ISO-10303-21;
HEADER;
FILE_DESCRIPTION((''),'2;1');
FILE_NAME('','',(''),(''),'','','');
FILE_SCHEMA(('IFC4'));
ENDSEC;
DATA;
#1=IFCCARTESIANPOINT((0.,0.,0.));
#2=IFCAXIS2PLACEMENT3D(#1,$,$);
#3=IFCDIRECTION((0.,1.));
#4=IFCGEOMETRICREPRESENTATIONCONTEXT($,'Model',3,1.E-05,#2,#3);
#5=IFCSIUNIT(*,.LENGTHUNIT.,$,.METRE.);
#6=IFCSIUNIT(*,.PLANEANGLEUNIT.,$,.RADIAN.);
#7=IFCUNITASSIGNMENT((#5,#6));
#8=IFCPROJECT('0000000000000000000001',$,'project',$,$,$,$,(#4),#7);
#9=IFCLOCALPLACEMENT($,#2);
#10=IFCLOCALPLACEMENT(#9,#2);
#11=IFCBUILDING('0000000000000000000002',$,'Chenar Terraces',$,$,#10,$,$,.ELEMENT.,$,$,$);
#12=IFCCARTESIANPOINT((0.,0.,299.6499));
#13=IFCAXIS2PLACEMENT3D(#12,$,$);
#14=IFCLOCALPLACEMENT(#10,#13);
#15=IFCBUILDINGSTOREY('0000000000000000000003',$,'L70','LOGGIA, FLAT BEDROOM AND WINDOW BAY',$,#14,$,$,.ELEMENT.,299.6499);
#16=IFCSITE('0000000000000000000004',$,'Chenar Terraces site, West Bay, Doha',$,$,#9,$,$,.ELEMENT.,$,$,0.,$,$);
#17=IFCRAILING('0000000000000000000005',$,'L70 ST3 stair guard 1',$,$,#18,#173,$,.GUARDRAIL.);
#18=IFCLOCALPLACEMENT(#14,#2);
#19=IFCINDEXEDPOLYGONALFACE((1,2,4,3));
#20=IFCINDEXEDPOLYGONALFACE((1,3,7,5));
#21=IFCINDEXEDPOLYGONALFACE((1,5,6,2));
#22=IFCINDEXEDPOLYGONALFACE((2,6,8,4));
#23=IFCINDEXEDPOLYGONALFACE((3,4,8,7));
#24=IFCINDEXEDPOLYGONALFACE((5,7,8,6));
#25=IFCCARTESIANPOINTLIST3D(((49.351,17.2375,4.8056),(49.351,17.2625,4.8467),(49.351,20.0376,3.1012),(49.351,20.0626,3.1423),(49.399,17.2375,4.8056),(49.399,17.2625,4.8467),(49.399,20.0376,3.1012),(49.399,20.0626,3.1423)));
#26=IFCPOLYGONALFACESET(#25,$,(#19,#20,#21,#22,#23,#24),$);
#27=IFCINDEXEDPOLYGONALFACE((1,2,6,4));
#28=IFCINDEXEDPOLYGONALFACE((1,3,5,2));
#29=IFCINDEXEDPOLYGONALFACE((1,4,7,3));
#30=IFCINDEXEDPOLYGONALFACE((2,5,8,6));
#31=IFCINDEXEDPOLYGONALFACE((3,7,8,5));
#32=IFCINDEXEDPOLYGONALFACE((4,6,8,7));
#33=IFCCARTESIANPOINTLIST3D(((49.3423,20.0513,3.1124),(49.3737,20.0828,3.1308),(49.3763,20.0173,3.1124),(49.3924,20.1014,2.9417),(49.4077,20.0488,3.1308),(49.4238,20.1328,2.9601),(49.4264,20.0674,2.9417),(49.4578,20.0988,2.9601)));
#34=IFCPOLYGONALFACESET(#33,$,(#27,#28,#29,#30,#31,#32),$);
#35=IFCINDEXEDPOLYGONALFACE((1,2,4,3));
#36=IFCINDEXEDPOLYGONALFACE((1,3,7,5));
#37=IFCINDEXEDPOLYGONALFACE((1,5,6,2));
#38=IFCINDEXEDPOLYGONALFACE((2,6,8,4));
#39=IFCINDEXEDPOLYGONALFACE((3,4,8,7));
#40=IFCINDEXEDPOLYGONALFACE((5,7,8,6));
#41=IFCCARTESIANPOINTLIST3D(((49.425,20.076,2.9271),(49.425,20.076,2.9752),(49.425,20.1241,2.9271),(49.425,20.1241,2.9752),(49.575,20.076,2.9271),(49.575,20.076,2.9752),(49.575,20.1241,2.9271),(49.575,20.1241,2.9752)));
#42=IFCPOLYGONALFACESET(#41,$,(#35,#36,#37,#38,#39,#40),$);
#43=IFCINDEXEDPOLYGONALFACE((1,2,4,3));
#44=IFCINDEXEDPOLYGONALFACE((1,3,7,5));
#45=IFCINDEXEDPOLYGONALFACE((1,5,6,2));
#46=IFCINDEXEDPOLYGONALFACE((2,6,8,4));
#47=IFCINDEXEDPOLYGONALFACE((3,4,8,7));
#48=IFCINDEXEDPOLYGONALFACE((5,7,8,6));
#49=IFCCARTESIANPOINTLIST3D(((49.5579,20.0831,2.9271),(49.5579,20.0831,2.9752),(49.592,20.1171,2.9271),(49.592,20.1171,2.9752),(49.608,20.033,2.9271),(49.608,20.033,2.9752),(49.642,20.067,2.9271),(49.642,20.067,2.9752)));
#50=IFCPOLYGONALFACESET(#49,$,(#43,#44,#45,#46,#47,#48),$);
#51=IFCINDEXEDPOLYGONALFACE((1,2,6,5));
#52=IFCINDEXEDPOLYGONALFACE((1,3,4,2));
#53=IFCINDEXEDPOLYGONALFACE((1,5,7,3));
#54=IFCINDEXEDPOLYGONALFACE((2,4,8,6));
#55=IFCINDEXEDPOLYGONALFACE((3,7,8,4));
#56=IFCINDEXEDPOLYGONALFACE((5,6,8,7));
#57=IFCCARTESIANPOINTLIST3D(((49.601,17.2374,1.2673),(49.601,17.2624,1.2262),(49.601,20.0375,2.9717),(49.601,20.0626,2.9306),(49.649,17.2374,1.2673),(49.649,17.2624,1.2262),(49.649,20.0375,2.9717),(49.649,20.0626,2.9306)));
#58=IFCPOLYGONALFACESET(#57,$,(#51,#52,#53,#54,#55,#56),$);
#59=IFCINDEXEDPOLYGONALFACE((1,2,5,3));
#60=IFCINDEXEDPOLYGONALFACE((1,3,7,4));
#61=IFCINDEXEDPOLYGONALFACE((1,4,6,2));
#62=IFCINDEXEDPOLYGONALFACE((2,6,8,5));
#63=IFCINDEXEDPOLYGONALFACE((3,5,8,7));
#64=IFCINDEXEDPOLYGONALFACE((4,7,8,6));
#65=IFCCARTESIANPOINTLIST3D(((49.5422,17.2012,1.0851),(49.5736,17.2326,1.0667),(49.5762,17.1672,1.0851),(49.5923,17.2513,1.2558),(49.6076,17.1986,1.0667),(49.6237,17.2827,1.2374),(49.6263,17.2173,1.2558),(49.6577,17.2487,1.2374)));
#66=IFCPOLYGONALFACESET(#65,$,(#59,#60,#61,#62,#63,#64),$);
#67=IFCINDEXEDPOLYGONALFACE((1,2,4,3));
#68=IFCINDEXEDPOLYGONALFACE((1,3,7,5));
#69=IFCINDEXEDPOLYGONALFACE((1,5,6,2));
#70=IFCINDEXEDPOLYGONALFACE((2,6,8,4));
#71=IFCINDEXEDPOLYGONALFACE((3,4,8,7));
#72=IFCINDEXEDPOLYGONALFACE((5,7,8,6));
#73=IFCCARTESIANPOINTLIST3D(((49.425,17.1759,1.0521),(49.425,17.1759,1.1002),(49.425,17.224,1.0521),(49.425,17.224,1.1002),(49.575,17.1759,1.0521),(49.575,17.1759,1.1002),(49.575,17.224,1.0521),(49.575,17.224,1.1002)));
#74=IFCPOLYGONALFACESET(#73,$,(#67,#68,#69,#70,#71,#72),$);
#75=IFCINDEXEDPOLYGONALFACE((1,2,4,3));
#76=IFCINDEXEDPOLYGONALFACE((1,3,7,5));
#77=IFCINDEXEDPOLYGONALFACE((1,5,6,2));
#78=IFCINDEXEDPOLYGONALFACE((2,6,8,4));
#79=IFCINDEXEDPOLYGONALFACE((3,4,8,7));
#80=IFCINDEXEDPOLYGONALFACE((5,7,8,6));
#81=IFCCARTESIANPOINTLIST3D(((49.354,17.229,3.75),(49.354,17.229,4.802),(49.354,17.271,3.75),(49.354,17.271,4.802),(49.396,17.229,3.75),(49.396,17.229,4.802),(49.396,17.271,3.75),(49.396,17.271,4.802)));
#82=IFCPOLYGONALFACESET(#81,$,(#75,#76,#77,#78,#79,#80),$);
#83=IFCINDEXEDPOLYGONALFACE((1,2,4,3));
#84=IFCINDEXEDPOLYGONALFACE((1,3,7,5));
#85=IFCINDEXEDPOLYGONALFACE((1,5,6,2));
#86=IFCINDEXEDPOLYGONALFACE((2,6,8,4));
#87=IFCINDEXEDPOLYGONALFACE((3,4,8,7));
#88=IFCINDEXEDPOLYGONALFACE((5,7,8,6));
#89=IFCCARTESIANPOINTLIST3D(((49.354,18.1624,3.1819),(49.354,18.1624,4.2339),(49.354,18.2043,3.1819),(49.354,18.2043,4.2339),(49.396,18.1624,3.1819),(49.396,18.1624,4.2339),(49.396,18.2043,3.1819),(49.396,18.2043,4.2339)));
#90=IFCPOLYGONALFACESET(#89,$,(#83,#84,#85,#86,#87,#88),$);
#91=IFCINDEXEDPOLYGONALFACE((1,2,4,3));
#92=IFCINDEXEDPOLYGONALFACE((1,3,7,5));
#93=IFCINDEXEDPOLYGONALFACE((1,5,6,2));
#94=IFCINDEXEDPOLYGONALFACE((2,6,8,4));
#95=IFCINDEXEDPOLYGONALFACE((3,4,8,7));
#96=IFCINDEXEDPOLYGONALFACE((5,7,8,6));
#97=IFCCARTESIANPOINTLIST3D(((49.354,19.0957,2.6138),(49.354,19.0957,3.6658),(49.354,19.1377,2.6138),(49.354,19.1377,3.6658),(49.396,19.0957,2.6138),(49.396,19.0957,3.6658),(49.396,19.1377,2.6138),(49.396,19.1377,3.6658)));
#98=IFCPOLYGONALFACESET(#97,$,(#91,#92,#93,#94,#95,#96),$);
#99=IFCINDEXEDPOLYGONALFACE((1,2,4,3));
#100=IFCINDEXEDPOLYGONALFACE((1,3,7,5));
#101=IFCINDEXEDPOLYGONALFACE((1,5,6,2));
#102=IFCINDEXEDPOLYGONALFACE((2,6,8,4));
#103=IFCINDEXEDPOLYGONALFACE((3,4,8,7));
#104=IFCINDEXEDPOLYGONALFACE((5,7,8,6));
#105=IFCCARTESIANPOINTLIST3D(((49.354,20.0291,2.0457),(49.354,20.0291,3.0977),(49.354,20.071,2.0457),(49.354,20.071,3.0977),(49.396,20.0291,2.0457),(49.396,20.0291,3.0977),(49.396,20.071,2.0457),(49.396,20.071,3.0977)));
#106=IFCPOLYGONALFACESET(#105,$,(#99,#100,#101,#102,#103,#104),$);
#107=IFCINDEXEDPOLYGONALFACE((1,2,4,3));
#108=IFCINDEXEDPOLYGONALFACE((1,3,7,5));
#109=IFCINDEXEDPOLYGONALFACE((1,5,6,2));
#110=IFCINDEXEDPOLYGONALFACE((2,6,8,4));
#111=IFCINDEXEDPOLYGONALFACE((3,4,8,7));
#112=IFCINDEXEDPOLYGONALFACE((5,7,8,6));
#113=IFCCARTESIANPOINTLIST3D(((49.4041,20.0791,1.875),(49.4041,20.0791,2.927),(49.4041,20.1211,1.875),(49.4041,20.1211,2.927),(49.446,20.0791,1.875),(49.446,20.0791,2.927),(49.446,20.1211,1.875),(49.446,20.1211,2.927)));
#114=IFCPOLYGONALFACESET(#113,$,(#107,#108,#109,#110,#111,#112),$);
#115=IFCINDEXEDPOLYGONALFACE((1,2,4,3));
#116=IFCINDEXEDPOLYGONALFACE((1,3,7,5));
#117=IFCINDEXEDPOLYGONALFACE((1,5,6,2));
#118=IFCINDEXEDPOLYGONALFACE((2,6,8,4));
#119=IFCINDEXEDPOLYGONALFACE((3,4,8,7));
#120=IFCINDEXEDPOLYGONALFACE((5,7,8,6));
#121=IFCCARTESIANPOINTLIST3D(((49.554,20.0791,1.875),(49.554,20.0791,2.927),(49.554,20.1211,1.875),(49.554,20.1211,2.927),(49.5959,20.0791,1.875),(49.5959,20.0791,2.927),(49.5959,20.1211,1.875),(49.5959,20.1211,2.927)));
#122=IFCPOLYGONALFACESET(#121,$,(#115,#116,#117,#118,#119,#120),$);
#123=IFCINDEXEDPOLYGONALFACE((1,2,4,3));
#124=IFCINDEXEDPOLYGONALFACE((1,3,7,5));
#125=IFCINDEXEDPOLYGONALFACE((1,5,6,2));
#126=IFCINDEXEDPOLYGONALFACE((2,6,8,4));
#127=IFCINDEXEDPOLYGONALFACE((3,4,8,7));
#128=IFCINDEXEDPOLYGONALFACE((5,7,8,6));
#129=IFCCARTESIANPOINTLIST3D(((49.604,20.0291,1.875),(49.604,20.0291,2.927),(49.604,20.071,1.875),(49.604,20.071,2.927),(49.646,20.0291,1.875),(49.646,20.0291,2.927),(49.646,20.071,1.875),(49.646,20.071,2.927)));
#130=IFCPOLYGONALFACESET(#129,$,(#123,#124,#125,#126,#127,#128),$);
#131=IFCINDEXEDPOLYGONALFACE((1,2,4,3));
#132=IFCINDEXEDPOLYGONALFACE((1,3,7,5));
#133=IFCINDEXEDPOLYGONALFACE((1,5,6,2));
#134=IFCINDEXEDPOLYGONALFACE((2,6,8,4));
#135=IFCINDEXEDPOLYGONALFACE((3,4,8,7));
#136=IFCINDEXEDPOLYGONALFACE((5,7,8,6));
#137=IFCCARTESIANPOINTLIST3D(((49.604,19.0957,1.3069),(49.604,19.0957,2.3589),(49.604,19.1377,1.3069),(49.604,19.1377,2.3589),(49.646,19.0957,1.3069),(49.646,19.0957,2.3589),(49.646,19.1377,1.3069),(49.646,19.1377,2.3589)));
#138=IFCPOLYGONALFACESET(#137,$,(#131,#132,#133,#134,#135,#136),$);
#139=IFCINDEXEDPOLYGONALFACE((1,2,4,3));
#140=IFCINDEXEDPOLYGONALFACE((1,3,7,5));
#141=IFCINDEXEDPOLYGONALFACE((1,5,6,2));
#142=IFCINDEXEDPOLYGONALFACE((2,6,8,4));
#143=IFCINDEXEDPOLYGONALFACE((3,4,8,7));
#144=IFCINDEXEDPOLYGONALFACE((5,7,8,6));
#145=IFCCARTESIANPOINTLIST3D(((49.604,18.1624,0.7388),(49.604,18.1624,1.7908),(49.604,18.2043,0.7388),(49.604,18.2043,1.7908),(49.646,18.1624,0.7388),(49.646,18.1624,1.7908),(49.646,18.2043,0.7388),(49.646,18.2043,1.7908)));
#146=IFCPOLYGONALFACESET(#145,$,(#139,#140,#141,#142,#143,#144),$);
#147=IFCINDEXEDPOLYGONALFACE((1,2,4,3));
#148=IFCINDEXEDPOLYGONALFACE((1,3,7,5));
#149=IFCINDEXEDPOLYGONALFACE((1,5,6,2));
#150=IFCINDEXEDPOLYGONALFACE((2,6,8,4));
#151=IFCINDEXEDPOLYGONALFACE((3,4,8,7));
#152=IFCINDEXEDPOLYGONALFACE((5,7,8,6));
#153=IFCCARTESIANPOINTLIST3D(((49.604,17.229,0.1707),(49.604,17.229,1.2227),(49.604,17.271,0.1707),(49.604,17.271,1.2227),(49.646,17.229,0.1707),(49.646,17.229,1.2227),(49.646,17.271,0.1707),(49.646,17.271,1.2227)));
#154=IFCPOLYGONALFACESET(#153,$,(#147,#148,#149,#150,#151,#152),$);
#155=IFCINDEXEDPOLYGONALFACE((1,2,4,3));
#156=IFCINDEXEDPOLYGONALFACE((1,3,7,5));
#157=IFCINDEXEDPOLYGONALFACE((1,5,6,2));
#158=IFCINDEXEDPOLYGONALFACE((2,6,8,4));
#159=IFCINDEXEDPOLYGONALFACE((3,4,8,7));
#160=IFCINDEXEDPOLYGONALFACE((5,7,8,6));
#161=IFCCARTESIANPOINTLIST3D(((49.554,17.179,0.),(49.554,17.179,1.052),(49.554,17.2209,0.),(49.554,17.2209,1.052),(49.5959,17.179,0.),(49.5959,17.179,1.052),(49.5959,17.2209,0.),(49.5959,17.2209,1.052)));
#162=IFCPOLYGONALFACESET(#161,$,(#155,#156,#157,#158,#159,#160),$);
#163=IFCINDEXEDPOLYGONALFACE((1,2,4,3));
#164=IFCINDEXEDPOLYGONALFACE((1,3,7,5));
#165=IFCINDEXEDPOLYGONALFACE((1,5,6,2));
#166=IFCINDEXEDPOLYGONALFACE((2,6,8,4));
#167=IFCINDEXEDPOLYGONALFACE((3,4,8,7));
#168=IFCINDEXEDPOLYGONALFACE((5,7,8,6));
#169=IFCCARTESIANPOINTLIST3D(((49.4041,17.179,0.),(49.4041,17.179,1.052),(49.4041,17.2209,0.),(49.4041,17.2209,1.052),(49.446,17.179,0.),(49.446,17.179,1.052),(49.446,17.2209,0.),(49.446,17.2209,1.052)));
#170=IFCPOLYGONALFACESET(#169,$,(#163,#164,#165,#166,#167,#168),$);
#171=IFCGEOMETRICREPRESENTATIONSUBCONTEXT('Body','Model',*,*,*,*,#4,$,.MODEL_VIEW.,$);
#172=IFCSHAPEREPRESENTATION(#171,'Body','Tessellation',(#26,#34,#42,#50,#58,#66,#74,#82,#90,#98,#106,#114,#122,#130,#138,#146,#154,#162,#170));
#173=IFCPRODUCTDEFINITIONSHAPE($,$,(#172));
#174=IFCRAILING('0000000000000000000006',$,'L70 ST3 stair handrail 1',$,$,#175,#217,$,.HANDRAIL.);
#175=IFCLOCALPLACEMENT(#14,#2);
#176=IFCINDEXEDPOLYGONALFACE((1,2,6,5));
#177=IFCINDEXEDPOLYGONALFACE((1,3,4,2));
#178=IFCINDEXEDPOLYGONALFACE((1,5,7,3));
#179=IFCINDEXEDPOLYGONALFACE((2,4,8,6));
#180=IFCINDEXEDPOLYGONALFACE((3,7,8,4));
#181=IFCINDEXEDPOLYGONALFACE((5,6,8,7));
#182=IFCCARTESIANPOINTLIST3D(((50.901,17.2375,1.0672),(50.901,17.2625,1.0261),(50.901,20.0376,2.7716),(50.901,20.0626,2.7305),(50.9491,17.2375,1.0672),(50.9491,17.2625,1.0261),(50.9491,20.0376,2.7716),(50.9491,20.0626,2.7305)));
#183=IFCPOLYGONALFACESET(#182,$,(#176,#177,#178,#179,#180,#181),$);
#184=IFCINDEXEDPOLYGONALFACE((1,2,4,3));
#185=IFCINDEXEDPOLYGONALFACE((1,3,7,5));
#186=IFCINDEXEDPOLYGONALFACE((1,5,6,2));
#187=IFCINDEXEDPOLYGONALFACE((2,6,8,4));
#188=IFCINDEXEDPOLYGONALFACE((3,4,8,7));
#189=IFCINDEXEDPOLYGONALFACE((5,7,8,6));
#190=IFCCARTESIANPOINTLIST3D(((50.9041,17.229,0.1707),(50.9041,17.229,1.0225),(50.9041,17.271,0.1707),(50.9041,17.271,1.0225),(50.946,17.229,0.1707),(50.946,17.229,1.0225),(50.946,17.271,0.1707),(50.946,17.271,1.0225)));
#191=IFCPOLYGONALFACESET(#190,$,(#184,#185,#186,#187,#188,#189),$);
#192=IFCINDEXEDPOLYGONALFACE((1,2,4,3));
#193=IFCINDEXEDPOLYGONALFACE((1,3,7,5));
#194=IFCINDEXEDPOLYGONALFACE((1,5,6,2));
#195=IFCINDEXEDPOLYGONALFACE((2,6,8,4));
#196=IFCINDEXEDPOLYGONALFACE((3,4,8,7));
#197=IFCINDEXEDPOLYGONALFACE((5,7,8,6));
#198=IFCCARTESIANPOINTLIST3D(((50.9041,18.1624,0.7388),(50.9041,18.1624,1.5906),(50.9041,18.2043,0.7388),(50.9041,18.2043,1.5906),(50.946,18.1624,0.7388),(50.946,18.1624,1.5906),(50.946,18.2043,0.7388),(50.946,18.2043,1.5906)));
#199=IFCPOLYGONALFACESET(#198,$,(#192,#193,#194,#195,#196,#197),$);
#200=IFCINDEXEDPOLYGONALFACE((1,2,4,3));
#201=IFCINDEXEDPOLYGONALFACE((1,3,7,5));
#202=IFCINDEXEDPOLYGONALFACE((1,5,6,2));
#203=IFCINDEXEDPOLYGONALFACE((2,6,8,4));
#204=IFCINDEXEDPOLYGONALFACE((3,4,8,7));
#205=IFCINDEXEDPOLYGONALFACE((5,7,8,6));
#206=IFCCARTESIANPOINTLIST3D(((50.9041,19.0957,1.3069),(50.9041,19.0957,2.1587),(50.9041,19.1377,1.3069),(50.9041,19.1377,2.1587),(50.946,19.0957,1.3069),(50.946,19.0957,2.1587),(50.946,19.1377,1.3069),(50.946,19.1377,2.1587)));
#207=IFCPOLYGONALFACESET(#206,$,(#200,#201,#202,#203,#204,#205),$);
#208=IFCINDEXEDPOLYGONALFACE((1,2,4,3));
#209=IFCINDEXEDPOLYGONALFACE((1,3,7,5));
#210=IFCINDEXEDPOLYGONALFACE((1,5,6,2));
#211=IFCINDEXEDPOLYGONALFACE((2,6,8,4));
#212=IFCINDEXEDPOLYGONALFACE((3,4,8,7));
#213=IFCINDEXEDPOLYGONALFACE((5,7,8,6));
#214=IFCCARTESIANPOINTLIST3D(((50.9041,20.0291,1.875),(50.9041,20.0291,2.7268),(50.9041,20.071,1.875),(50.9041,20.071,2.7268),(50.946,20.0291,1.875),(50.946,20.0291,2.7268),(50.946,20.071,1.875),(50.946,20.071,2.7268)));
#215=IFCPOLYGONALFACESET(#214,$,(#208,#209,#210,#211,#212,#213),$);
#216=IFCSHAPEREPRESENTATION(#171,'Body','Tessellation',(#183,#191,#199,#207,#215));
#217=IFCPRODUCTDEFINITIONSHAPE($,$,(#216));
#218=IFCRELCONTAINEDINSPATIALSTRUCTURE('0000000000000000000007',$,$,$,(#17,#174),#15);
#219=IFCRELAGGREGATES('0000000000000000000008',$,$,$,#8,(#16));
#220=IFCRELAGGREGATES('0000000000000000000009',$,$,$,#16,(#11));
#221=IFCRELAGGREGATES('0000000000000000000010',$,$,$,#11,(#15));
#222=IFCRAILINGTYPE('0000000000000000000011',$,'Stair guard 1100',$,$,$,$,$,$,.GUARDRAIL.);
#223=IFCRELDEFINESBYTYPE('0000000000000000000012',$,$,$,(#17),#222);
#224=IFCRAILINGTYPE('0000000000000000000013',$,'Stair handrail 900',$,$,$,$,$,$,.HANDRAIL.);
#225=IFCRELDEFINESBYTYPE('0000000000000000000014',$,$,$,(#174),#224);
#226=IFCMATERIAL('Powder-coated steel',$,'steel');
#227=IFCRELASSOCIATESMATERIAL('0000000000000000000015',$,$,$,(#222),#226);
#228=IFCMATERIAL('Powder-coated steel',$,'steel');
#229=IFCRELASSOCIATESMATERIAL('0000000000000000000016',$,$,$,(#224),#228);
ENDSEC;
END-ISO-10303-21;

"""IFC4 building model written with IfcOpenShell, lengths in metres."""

from ifc_helpers import new_model, si_unit, direction, frame, origin, origin_2d, place, context, subcontext, project, spatial, rectangle, extrude, material, type_object, element, save


model = new_model("IFC4")

# Units and contexts
model_context = context("Model", 3, precision=1e-05, world=origin(), true_north=direction((0.0, 1.0)))
body_context = subcontext(model_context, "Body", "Model", "MODEL_VIEW")
ifc_project = project(units=[si_unit("LENGTHUNIT", "METRE"), si_unit("PLANEANGLEUNIT", "RADIAN")], contexts=[model_context])

# Site, building, storey
site_placement = place(None, origin())
site = spatial("IfcSite", under=ifc_project, at=site_placement, Name="Chenar Terraces site, West Bay, Doha", CompositionType="ELEMENT", RefElevation=0.0)
building_placement = place(site_placement, origin())
building = spatial("IfcBuilding", under=site, at=building_placement, Name="Chenar Terraces", CompositionType="ELEMENT")
storey_placement = place(building_placement, frame((0.0, 0.0, 299.6499)))
storey = spatial("IfcBuildingStorey", under=building, at=storey_placement, Name="L70", Description="LOGGIA, FLAT BEDROOM AND WINDOW BAY", CompositionType="ELEMENT", Elevation=299.6499)

# Railings
ifc_material_1 = material(Name="Powder-coated steel", Category="steel")
railing_type_1 = type_object("IfcRailingType", Name="Stair guard 1100", PredefinedType="GUARDRAIL", material=ifc_material_1)
railing_1_placement = place(storey_placement, frame((49.375, 17.25, 3.75)))
element("IfcRailing", 1, at=railing_1_placement, inside=storey, type_object=railing_type_1, Name="L70 ST3 stair guard 1", PredefinedType="GUARDRAIL", context=body_context, shape_type="SweptSolid", body=[
    extrude(rectangle(XDim=0.0481, YDim=0.0481, at=origin_2d()), frame((0.0, 0.0, 1.0762), z_axis=(0.0, 0.854203, -0.51994), x_axis=(-1.0, 0.0, 0.0)), (0.0, 0.0, 1.0), 3.2781),
    extrude(rectangle(XDim=0.0481, YDim=0.0481, at=origin_2d()), frame((0.0, 2.8, -0.6284), z_axis=(0.2709, 0.2709, -0.923703), x_axis=(-0.707107, 0.707107, 0.0)), (0.0, 0.0, 1.0), 0.1848),
    extrude(rectangle(XDim=0.0481, YDim=0.0481, at=origin_2d()), frame((0.05, 2.8501, -0.7988), z_axis=(1.0, 0.0, 0.0), x_axis=(0.0, 1.0, 0.0)), (0.0, 0.0, 1.0), 0.1499),
    extrude(rectangle(XDim=0.0481, YDim=0.0481, at=origin_2d()), frame((0.2, 2.8501, -0.7988), z_axis=(0.707107, -0.707107, 0.0), x_axis=(0.707107, 0.707107, 0.0)), (0.0, 0.0, 1.0), 0.0708),
    extrude(rectangle(XDim=0.0481, YDim=0.0481, at=origin_2d()), frame((0.25, 2.8, -0.7988), z_axis=(0.0, -0.854203, -0.51994), x_axis=(1.0, 0.0, 0.0)), (0.0, 0.0, 1.0), 3.2781),
    extrude(rectangle(XDim=0.0481, YDim=0.0481, at=origin_2d()), frame((0.25, 0.0, -2.5034), z_axis=(-0.2709, -0.2709, -0.923703), x_axis=(0.707107, -0.707107, 0.0)), (0.0, 0.0, 1.0), 0.1848),
    extrude(rectangle(XDim=0.0481, YDim=0.0481, at=origin_2d()), frame((0.2, -0.05, -2.6738), z_axis=(-1.0, 0.0, 0.0), x_axis=(0.0, -1.0, 0.0)), (0.0, 0.0, 1.0), 0.1499),
    extrude(rectangle(XDim=0.042, YDim=0.042, at=origin_2d()), origin(), (0.0, 0.0, 1.0), 1.052),
    extrude(rectangle(XDim=0.042, YDim=0.042, at=origin_2d()), frame((0.0, 0.9333, -0.5681)), (0.0, 0.0, 1.0), 1.052),
    extrude(rectangle(XDim=0.042, YDim=0.042, at=origin_2d()), frame((0.0, 1.8667, -1.1362)), (0.0, 0.0, 1.0), 1.052),
    extrude(rectangle(XDim=0.042, YDim=0.042, at=origin_2d()), frame((0.0, 2.8, -1.7043)), (0.0, 0.0, 1.0), 1.052),
    extrude(rectangle(XDim=0.042, YDim=0.042, at=origin_2d()), frame((0.05, 2.8501, -1.875)), (0.0, 0.0, 1.0), 1.052),
    extrude(rectangle(XDim=0.042, YDim=0.042, at=origin_2d()), frame((0.2, 2.8501, -1.875)), (0.0, 0.0, 1.0), 1.052),
    extrude(rectangle(XDim=0.042, YDim=0.042, at=origin_2d()), frame((0.25, 2.8, -1.875)), (0.0, 0.0, 1.0), 1.052),
    extrude(rectangle(XDim=0.042, YDim=0.042, at=origin_2d()), frame((0.25, 1.8667, -2.4431)), (0.0, 0.0, 1.0), 1.052),
    extrude(rectangle(XDim=0.042, YDim=0.042, at=origin_2d()), frame((0.25, 0.9333, -3.0112)), (0.0, 0.0, 1.0), 1.052),
    extrude(rectangle(XDim=0.042, YDim=0.042, at=origin_2d()), frame((0.25, 0.0, -3.5793)), (0.0, 0.0, 1.0), 1.052),
    extrude(rectangle(XDim=0.042, YDim=0.042, at=origin_2d()), frame((0.2, -0.05, -3.75)), (0.0, 0.0, 1.0), 1.052),
    extrude(rectangle(XDim=0.042, YDim=0.042, at=origin_2d()), frame((0.05, -0.05, -3.75)), (0.0, 0.0, 1.0), 1.052),
])
ifc_material_2 = material(Name="Powder-coated steel", Category="steel")
railing_type_2 = type_object("IfcRailingType", Name="Stair handrail 900", PredefinedType="HANDRAIL", material=ifc_material_2)
railing_2_placement = place(storey_placement, frame((50.925, 17.25, 0.1707)))
element("IfcRailing", 2, at=railing_2_placement, inside=storey, type_object=railing_type_2, Name="L70 ST3 stair handrail 1", PredefinedType="HANDRAIL", context=body_context, shape_type="SweptSolid", body=[
    extrude(rectangle(XDim=0.0481, YDim=0.0481, at=origin_2d()), frame((0.0, 0.0, 0.876), z_axis=(0.0, 0.854203, 0.51994), x_axis=(-1.0, 0.0, 0.0)), (0.0, 0.0, 1.0), 3.2781),
    extrude(rectangle(XDim=0.042, YDim=0.042, at=origin_2d()), origin(), (0.0, 0.0, 1.0), 0.8518),
    extrude(rectangle(XDim=0.042, YDim=0.042, at=origin_2d()), frame((0.0, 0.9333, 0.5681)), (0.0, 0.0, 1.0), 0.8518),
    extrude(rectangle(XDim=0.042, YDim=0.042, at=origin_2d()), frame((0.0, 1.8667, 1.1362)), (0.0, 0.0, 1.0), 0.8518),
    extrude(rectangle(XDim=0.042, YDim=0.042, at=origin_2d()), frame((0.0, 2.8, 1.7043)), (0.0, 0.0, 1.0), 0.8518),
])

save(model, "model.ifc")
